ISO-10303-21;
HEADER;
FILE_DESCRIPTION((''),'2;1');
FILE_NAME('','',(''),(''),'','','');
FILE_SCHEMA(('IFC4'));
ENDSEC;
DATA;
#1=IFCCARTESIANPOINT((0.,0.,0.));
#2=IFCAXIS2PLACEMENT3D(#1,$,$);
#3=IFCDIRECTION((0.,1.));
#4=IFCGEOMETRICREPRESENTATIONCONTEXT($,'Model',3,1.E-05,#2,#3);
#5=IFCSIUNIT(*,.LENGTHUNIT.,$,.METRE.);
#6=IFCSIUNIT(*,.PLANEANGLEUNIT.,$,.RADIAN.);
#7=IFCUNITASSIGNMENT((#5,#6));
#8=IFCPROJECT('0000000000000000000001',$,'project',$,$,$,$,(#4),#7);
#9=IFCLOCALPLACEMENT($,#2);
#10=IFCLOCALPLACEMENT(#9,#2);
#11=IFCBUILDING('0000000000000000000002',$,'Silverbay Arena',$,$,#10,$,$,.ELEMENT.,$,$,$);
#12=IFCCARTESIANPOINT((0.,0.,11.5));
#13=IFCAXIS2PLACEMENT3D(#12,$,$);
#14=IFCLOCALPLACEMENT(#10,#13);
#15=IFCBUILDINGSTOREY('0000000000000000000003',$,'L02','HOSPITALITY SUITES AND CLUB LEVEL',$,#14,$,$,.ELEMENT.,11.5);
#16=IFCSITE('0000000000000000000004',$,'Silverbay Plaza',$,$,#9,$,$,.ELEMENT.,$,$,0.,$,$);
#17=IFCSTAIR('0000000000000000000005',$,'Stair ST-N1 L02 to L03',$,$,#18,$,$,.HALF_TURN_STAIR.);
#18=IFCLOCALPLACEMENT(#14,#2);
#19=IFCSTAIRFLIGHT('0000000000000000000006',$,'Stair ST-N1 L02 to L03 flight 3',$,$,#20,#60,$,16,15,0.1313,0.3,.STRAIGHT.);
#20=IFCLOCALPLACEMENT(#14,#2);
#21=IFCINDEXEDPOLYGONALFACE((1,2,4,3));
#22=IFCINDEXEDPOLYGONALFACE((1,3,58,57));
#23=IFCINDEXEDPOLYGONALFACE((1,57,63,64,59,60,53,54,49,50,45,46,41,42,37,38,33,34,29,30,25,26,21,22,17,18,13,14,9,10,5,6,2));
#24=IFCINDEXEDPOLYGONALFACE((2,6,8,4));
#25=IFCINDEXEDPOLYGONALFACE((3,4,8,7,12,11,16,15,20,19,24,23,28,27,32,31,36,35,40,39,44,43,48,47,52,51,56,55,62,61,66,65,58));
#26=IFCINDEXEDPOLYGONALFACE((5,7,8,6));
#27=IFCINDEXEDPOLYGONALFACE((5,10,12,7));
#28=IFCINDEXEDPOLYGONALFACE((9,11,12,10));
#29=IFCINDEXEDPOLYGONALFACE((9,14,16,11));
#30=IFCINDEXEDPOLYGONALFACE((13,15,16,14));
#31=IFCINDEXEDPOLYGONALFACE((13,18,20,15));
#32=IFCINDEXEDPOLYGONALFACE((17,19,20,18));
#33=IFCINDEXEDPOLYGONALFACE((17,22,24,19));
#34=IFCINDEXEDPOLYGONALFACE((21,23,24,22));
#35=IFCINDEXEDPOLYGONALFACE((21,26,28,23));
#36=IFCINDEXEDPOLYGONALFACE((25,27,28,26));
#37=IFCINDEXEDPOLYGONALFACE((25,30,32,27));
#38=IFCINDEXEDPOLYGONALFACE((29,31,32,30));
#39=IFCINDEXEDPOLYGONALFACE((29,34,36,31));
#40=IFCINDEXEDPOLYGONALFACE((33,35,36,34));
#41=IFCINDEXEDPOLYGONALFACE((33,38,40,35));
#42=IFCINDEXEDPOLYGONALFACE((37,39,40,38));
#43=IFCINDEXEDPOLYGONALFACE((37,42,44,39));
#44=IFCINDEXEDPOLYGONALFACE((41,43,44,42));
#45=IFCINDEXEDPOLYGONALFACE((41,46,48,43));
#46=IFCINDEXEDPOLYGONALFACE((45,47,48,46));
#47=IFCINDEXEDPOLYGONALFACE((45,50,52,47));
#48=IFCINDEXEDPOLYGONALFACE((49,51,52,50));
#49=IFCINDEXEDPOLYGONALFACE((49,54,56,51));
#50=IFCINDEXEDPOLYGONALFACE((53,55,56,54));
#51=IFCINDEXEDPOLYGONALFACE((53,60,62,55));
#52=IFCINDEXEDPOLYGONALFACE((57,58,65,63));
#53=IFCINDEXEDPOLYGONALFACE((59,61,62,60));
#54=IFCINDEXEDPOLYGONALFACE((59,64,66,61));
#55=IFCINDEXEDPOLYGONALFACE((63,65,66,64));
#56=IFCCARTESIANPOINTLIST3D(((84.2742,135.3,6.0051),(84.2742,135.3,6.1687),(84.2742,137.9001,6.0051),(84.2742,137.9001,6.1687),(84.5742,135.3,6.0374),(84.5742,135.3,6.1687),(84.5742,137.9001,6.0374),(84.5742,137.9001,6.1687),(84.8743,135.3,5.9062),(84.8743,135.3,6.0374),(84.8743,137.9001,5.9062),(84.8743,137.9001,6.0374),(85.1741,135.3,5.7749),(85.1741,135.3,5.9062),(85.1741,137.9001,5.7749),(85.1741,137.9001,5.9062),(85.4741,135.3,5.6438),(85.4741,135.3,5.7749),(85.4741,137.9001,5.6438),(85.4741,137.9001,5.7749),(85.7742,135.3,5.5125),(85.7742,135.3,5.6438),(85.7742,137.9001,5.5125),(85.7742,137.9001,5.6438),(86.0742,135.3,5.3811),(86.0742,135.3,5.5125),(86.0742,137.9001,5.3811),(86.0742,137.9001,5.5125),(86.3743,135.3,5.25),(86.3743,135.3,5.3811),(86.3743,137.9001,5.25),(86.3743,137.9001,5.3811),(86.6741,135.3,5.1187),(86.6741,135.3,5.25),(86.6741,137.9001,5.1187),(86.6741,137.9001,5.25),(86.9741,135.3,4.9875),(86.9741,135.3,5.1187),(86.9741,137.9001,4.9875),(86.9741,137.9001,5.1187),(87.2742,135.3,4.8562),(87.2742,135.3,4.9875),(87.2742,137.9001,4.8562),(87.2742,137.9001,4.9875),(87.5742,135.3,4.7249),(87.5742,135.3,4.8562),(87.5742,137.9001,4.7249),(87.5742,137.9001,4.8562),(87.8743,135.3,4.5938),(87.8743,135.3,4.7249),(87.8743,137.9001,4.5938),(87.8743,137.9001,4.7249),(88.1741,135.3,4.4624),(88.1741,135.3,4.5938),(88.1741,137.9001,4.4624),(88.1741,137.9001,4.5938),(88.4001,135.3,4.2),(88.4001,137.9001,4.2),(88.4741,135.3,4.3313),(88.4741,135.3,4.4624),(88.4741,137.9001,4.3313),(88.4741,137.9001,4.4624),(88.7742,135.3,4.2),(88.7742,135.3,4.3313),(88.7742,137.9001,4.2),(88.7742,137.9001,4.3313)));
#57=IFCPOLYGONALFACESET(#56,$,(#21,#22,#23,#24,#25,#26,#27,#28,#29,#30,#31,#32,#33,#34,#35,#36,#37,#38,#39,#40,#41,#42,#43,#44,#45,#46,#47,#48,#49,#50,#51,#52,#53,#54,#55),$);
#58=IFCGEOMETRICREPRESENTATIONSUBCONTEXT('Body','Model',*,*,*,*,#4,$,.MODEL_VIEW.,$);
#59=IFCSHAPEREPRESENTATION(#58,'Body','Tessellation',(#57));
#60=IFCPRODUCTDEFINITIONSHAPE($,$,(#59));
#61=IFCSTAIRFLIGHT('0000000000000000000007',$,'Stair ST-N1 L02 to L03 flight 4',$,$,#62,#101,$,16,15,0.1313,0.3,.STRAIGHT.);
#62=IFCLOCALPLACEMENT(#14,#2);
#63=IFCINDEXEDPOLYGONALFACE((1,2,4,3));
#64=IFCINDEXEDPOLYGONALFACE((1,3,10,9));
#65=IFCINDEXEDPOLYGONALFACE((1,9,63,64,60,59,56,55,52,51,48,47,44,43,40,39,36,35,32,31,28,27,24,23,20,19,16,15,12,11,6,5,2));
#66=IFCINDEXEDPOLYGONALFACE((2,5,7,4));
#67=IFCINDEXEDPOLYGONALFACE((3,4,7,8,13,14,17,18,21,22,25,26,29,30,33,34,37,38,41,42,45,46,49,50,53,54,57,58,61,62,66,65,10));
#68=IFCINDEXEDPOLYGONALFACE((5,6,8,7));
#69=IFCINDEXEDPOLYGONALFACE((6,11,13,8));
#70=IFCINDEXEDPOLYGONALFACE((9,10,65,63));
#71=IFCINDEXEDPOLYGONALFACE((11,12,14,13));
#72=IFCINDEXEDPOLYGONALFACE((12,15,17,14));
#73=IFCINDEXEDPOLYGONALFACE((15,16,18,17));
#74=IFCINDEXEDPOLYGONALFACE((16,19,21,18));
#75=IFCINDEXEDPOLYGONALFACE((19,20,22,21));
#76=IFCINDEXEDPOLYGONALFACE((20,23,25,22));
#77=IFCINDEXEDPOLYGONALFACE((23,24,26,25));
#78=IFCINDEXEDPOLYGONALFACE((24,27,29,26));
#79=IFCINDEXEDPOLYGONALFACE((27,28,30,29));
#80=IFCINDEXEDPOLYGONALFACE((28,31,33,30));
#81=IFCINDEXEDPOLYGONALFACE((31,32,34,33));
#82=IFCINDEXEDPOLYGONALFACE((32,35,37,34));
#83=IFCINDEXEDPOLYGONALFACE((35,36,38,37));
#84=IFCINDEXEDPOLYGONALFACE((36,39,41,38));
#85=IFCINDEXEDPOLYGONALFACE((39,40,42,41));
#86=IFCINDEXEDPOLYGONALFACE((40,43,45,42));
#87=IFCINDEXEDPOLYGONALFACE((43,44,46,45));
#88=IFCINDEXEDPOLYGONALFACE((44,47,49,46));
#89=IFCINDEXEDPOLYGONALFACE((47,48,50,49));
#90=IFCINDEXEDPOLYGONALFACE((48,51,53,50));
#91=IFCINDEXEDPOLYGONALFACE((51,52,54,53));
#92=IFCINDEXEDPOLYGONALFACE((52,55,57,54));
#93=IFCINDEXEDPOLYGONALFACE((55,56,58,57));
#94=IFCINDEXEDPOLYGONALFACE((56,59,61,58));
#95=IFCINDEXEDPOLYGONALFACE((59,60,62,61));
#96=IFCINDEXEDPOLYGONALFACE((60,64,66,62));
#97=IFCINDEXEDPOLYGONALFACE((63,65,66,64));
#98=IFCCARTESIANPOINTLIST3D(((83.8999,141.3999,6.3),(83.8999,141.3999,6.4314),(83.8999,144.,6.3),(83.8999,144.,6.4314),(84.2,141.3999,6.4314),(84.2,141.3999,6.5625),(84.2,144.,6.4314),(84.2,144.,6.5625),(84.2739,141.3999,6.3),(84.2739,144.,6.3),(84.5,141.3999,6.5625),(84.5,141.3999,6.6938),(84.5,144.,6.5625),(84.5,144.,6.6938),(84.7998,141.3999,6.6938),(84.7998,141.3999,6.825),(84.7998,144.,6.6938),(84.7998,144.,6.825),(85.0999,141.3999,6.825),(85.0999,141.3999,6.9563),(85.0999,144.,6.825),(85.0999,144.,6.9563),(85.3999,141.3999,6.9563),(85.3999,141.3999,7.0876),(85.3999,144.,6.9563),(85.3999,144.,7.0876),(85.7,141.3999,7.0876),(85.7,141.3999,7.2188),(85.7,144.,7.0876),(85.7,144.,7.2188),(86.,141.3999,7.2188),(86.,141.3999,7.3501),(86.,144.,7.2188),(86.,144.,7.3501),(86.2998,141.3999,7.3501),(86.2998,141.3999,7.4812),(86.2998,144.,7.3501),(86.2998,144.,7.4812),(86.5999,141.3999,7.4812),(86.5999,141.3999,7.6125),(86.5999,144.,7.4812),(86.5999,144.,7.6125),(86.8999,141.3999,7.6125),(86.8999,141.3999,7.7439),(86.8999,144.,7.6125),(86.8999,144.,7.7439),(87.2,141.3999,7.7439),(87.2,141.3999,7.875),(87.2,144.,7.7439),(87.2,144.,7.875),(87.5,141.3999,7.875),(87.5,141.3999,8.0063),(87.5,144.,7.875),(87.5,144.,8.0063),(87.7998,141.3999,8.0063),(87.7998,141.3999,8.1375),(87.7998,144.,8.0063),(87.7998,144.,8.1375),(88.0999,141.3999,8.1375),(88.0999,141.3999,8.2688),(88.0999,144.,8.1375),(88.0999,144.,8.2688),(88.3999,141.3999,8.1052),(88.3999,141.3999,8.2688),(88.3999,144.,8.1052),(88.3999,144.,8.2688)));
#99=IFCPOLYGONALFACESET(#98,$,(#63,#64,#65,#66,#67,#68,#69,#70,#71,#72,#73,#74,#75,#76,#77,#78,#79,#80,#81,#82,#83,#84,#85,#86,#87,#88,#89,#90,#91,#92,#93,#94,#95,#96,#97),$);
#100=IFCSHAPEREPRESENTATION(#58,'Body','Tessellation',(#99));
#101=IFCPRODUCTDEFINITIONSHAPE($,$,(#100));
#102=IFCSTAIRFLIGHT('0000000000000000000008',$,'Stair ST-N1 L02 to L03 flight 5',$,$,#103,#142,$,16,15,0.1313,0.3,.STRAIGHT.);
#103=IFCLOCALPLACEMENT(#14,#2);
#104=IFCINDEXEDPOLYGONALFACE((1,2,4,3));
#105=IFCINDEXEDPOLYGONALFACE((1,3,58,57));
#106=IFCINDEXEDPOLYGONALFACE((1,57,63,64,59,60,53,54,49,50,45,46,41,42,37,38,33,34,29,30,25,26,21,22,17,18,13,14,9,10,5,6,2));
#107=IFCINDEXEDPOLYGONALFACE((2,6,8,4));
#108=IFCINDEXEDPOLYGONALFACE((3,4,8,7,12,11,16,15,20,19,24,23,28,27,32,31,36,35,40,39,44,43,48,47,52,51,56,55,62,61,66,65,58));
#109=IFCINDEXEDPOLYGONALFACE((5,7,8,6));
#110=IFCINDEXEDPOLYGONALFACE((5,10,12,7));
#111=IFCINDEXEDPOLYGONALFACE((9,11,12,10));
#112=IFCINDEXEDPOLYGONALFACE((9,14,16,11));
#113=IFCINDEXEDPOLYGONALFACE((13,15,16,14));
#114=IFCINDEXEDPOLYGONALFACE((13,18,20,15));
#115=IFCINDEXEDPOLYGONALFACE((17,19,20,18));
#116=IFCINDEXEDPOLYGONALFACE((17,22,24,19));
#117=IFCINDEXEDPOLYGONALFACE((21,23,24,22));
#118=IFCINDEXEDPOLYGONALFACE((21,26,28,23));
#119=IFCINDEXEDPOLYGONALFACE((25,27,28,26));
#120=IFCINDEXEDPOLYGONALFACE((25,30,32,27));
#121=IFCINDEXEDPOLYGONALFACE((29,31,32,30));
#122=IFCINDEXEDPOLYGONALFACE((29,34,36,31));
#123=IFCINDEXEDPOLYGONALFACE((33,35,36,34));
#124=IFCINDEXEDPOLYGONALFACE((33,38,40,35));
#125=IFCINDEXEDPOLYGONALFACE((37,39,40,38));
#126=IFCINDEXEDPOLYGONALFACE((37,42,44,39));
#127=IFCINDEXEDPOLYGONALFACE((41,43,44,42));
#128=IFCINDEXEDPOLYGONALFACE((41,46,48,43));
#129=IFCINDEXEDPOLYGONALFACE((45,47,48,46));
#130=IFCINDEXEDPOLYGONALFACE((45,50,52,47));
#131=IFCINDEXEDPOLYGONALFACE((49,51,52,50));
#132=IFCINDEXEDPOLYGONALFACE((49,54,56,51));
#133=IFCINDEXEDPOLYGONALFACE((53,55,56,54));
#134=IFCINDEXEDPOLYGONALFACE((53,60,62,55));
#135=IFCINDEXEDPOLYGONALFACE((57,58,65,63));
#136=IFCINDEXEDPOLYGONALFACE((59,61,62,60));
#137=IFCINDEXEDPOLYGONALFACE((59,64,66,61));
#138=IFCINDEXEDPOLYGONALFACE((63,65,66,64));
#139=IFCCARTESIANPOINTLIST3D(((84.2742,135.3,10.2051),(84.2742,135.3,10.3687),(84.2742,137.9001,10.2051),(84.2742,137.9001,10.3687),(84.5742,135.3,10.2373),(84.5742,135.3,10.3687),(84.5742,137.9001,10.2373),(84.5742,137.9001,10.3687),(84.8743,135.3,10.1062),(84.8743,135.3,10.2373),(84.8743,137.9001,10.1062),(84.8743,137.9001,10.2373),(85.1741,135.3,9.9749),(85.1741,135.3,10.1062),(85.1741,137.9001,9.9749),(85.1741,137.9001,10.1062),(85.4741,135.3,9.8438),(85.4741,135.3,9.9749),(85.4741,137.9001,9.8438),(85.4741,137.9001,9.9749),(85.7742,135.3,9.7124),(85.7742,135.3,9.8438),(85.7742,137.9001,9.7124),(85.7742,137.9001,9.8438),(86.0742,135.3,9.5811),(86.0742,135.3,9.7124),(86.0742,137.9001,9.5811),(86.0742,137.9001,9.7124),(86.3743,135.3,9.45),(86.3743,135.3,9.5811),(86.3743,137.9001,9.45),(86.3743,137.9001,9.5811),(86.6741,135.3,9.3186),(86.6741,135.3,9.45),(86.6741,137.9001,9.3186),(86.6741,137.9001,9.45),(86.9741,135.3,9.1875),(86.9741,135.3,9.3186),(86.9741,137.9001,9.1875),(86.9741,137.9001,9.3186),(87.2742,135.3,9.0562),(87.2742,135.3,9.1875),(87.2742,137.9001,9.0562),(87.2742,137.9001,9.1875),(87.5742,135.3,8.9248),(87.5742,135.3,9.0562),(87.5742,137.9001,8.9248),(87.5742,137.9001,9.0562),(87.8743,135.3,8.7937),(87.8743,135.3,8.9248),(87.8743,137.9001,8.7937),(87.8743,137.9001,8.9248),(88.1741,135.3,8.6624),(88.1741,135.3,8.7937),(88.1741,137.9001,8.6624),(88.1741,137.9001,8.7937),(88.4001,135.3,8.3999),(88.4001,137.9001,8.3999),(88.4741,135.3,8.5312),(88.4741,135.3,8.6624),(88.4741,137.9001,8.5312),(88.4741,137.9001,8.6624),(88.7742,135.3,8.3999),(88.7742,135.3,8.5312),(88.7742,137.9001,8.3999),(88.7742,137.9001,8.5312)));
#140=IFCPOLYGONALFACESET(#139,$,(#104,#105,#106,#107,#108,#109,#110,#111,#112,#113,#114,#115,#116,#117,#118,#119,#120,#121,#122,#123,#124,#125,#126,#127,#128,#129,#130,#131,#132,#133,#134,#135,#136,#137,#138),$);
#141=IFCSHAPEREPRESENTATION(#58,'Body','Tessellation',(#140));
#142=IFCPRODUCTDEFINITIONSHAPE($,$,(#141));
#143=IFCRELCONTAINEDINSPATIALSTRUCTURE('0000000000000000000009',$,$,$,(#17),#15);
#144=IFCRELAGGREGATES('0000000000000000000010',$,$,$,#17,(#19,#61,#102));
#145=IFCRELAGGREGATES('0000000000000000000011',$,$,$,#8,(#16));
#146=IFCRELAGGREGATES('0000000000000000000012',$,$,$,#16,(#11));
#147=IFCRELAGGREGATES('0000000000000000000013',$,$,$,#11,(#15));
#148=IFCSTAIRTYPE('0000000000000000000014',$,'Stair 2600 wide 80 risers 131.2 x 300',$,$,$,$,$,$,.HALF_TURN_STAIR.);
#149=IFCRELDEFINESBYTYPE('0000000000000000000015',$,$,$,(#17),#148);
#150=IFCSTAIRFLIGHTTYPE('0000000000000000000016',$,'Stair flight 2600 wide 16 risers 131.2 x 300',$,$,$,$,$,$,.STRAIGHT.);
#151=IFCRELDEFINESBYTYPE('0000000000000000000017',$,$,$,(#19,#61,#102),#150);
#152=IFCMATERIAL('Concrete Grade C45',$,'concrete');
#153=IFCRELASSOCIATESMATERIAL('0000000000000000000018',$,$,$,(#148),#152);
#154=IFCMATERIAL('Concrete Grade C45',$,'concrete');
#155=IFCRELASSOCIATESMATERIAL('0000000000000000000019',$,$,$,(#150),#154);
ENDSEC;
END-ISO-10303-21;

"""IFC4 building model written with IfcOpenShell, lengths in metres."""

from ifc_helpers import new_model, si_unit, direction, frame, origin, place, context, subcontext, project, spatial, polyline, outline, extrude, material, type_object, element, aggregate, save


model = new_model("IFC4")

# Units and contexts
model_context = context("Model", 3, precision=1e-05, world=origin(), true_north=direction((0.0, 1.0)))
body_context = subcontext(model_context, "Body", "Model", "MODEL_VIEW")
ifc_project = project(units=[si_unit("LENGTHUNIT", "METRE"), si_unit("PLANEANGLEUNIT", "RADIAN")], contexts=[model_context])

# Site, building, storey
site_placement = place(None, origin())
site = spatial("IfcSite", under=ifc_project, at=site_placement, Name="Silverbay Plaza", CompositionType="ELEMENT", RefElevation=0.0)
building_placement = place(site_placement, origin())
building = spatial("IfcBuilding", under=site, at=building_placement, Name="Silverbay Arena", CompositionType="ELEMENT")
storey_placement = place(building_placement, frame((0.0, 0.0, 11.5)))
storey = spatial("IfcBuildingStorey", under=building, at=storey_placement, Name="L02", Description="HOSPITALITY SUITES AND CLUB LEVEL", CompositionType="ELEMENT", Elevation=11.5)

# Stair, stair flights
ifc_material_1 = material(Name="Concrete Grade C45", Category="concrete")
stair_type = type_object("IfcStairType", Name="Stair 2600 wide 80 risers 131.2 x 300", PredefinedType="HALF_TURN_STAIR", material=ifc_material_1)
stair_placement = place(storey_placement, origin())
stair = element("IfcStair", 1, at=stair_placement, inside=storey, type_object=stair_type, Name="Stair ST-N1 L02 to L03", PredefinedType="HALF_TURN_STAIR")
ifc_material_2 = material(Name="Concrete Grade C45", Category="concrete")
stair_flight_type = type_object("IfcStairFlightType", Name="Stair flight 2600 wide 16 risers 131.2 x 300", PredefinedType="STRAIGHT", material=ifc_material_2)
stair_flight_1_placement = place(storey_placement, frame((88.7742, 136.6001, 4.2), z_axis=(0.0, 0.0, 1.0), x_axis=(-1.0, 0.0, 0.0)))
stair_flight_1 = element("IfcStairFlight", 2, at=stair_flight_1_placement, type_object=stair_flight_type, Name="Stair ST-N1 L02 to L03 flight 3", NumberOfRisers=16, NumberOfTreads=15, PredefinedType="STRAIGHT", RiserHeight=0.1313, TreadLength=0.3, context=body_context, shape_type="SweptSolid", body=[
    extrude(outline(polyline([(0.0, 0.0), (0.0, 0.1313), (0.3, 0.1313), (0.3, 0.2625), (0.6001, 0.2625), (0.6001, 0.3938), (0.8999, 0.3938), (0.8999, 0.5249), (1.2, 0.5249), (1.2, 0.6562), (1.5, 0.6562), (1.5, 0.7876), (1.8, 0.7876), (1.8, 0.9187), (2.1001, 0.9187), (2.1001, 1.05), (2.3999, 1.05), (2.3999, 1.1812), (2.7, 1.1812), (2.7, 1.3125), (3.0, 1.3125), (3.0, 1.4438), (3.3, 1.4438), (3.3, 1.575), (3.6001, 1.575), (3.6001, 1.7063), (3.8999, 1.7063), (3.8999, 1.8374), (4.2, 1.8374), (4.2, 1.9688), (4.5, 1.9688), (4.5, 1.8052), (0.374, 0.0), (0.0, 0.0)])), frame((0.0, 1.3, 0.0), z_axis=(0.0, -1.0, 0.0), x_axis=(1.0, 0.0, 0.0)), (0.0, 0.0, 1.0), 2.6001),
])
stair_flight_2_placement = place(storey_placement, frame((83.8999, 142.7, 6.3), z_axis=(0.0, 0.0, 1.0), x_axis=(1.0, 0.0, 0.0)))
stair_flight_2 = element("IfcStairFlight", 3, at=stair_flight_2_placement, type_object=stair_flight_type, Name="Stair ST-N1 L02 to L03 flight 4", NumberOfRisers=16, NumberOfTreads=15, PredefinedType="STRAIGHT", RiserHeight=0.1313, TreadLength=0.3, context=body_context, shape_type="SweptSolid", body=[
    extrude(outline(polyline([(0.0, 0.0), (0.0, 0.1313), (0.3, 0.1313), (0.3, 0.2625), (0.6001, 0.2625), (0.6001, 0.3938), (0.8999, 0.3938), (0.8999, 0.5249), (1.2, 0.5249), (1.2, 0.6562), (1.5, 0.6562), (1.5, 0.7876), (1.8, 0.7876), (1.8, 0.9187), (2.1001, 0.9187), (2.1001, 1.05), (2.3999, 1.05), (2.3999, 1.1812), (2.7, 1.1812), (2.7, 1.3125), (3.0, 1.3125), (3.0, 1.4438), (3.3, 1.4438), (3.3, 1.575), (3.6001, 1.575), (3.6001, 1.7063), (3.8999, 1.7063), (3.8999, 1.8374), (4.2, 1.8374), (4.2, 1.9688), (4.5, 1.9688), (4.5, 1.8052), (0.374, 0.0), (0.0, 0.0)])), frame((0.0, 1.3, 0.0), z_axis=(0.0, -1.0, 0.0), x_axis=(1.0, 0.0, 0.0)), (0.0, 0.0, 1.0), 2.6001),
])
stair_flight_3_placement = place(storey_placement, frame((88.7742, 136.6001, 8.3999), z_axis=(0.0, 0.0, 1.0), x_axis=(-1.0, 0.0, 0.0)))
stair_flight_3 = element("IfcStairFlight", 4, at=stair_flight_3_placement, type_object=stair_flight_type, Name="Stair ST-N1 L02 to L03 flight 5", NumberOfRisers=16, NumberOfTreads=15, PredefinedType="STRAIGHT", RiserHeight=0.1313, TreadLength=0.3, context=body_context, shape_type="SweptSolid", body=[
    extrude(outline(polyline([(0.0, 0.0), (0.0, 0.1313), (0.3, 0.1313), (0.3, 0.2625), (0.6001, 0.2625), (0.6001, 0.3938), (0.8999, 0.3938), (0.8999, 0.5249), (1.2, 0.5249), (1.2, 0.6562), (1.5, 0.6562), (1.5, 0.7876), (1.8, 0.7876), (1.8, 0.9187), (2.1001, 0.9187), (2.1001, 1.05), (2.3999, 1.05), (2.3999, 1.1812), (2.7, 1.1812), (2.7, 1.3125), (3.0, 1.3125), (3.0, 1.4438), (3.3, 1.4438), (3.3, 1.575), (3.6001, 1.575), (3.6001, 1.7063), (3.8999, 1.7063), (3.8999, 1.8374), (4.2, 1.8374), (4.2, 1.9688), (4.5, 1.9688), (4.5, 1.8052), (0.374, 0.0), (0.0, 0.0)])), frame((0.0, 1.3, 0.0), z_axis=(0.0, -1.0, 0.0), x_axis=(1.0, 0.0, 0.0)), (0.0, 0.0, 1.0), 2.6001),
])
aggregate(stair, [stair_flight_1, stair_flight_2, stair_flight_3])

save(model, "model.ifc")
